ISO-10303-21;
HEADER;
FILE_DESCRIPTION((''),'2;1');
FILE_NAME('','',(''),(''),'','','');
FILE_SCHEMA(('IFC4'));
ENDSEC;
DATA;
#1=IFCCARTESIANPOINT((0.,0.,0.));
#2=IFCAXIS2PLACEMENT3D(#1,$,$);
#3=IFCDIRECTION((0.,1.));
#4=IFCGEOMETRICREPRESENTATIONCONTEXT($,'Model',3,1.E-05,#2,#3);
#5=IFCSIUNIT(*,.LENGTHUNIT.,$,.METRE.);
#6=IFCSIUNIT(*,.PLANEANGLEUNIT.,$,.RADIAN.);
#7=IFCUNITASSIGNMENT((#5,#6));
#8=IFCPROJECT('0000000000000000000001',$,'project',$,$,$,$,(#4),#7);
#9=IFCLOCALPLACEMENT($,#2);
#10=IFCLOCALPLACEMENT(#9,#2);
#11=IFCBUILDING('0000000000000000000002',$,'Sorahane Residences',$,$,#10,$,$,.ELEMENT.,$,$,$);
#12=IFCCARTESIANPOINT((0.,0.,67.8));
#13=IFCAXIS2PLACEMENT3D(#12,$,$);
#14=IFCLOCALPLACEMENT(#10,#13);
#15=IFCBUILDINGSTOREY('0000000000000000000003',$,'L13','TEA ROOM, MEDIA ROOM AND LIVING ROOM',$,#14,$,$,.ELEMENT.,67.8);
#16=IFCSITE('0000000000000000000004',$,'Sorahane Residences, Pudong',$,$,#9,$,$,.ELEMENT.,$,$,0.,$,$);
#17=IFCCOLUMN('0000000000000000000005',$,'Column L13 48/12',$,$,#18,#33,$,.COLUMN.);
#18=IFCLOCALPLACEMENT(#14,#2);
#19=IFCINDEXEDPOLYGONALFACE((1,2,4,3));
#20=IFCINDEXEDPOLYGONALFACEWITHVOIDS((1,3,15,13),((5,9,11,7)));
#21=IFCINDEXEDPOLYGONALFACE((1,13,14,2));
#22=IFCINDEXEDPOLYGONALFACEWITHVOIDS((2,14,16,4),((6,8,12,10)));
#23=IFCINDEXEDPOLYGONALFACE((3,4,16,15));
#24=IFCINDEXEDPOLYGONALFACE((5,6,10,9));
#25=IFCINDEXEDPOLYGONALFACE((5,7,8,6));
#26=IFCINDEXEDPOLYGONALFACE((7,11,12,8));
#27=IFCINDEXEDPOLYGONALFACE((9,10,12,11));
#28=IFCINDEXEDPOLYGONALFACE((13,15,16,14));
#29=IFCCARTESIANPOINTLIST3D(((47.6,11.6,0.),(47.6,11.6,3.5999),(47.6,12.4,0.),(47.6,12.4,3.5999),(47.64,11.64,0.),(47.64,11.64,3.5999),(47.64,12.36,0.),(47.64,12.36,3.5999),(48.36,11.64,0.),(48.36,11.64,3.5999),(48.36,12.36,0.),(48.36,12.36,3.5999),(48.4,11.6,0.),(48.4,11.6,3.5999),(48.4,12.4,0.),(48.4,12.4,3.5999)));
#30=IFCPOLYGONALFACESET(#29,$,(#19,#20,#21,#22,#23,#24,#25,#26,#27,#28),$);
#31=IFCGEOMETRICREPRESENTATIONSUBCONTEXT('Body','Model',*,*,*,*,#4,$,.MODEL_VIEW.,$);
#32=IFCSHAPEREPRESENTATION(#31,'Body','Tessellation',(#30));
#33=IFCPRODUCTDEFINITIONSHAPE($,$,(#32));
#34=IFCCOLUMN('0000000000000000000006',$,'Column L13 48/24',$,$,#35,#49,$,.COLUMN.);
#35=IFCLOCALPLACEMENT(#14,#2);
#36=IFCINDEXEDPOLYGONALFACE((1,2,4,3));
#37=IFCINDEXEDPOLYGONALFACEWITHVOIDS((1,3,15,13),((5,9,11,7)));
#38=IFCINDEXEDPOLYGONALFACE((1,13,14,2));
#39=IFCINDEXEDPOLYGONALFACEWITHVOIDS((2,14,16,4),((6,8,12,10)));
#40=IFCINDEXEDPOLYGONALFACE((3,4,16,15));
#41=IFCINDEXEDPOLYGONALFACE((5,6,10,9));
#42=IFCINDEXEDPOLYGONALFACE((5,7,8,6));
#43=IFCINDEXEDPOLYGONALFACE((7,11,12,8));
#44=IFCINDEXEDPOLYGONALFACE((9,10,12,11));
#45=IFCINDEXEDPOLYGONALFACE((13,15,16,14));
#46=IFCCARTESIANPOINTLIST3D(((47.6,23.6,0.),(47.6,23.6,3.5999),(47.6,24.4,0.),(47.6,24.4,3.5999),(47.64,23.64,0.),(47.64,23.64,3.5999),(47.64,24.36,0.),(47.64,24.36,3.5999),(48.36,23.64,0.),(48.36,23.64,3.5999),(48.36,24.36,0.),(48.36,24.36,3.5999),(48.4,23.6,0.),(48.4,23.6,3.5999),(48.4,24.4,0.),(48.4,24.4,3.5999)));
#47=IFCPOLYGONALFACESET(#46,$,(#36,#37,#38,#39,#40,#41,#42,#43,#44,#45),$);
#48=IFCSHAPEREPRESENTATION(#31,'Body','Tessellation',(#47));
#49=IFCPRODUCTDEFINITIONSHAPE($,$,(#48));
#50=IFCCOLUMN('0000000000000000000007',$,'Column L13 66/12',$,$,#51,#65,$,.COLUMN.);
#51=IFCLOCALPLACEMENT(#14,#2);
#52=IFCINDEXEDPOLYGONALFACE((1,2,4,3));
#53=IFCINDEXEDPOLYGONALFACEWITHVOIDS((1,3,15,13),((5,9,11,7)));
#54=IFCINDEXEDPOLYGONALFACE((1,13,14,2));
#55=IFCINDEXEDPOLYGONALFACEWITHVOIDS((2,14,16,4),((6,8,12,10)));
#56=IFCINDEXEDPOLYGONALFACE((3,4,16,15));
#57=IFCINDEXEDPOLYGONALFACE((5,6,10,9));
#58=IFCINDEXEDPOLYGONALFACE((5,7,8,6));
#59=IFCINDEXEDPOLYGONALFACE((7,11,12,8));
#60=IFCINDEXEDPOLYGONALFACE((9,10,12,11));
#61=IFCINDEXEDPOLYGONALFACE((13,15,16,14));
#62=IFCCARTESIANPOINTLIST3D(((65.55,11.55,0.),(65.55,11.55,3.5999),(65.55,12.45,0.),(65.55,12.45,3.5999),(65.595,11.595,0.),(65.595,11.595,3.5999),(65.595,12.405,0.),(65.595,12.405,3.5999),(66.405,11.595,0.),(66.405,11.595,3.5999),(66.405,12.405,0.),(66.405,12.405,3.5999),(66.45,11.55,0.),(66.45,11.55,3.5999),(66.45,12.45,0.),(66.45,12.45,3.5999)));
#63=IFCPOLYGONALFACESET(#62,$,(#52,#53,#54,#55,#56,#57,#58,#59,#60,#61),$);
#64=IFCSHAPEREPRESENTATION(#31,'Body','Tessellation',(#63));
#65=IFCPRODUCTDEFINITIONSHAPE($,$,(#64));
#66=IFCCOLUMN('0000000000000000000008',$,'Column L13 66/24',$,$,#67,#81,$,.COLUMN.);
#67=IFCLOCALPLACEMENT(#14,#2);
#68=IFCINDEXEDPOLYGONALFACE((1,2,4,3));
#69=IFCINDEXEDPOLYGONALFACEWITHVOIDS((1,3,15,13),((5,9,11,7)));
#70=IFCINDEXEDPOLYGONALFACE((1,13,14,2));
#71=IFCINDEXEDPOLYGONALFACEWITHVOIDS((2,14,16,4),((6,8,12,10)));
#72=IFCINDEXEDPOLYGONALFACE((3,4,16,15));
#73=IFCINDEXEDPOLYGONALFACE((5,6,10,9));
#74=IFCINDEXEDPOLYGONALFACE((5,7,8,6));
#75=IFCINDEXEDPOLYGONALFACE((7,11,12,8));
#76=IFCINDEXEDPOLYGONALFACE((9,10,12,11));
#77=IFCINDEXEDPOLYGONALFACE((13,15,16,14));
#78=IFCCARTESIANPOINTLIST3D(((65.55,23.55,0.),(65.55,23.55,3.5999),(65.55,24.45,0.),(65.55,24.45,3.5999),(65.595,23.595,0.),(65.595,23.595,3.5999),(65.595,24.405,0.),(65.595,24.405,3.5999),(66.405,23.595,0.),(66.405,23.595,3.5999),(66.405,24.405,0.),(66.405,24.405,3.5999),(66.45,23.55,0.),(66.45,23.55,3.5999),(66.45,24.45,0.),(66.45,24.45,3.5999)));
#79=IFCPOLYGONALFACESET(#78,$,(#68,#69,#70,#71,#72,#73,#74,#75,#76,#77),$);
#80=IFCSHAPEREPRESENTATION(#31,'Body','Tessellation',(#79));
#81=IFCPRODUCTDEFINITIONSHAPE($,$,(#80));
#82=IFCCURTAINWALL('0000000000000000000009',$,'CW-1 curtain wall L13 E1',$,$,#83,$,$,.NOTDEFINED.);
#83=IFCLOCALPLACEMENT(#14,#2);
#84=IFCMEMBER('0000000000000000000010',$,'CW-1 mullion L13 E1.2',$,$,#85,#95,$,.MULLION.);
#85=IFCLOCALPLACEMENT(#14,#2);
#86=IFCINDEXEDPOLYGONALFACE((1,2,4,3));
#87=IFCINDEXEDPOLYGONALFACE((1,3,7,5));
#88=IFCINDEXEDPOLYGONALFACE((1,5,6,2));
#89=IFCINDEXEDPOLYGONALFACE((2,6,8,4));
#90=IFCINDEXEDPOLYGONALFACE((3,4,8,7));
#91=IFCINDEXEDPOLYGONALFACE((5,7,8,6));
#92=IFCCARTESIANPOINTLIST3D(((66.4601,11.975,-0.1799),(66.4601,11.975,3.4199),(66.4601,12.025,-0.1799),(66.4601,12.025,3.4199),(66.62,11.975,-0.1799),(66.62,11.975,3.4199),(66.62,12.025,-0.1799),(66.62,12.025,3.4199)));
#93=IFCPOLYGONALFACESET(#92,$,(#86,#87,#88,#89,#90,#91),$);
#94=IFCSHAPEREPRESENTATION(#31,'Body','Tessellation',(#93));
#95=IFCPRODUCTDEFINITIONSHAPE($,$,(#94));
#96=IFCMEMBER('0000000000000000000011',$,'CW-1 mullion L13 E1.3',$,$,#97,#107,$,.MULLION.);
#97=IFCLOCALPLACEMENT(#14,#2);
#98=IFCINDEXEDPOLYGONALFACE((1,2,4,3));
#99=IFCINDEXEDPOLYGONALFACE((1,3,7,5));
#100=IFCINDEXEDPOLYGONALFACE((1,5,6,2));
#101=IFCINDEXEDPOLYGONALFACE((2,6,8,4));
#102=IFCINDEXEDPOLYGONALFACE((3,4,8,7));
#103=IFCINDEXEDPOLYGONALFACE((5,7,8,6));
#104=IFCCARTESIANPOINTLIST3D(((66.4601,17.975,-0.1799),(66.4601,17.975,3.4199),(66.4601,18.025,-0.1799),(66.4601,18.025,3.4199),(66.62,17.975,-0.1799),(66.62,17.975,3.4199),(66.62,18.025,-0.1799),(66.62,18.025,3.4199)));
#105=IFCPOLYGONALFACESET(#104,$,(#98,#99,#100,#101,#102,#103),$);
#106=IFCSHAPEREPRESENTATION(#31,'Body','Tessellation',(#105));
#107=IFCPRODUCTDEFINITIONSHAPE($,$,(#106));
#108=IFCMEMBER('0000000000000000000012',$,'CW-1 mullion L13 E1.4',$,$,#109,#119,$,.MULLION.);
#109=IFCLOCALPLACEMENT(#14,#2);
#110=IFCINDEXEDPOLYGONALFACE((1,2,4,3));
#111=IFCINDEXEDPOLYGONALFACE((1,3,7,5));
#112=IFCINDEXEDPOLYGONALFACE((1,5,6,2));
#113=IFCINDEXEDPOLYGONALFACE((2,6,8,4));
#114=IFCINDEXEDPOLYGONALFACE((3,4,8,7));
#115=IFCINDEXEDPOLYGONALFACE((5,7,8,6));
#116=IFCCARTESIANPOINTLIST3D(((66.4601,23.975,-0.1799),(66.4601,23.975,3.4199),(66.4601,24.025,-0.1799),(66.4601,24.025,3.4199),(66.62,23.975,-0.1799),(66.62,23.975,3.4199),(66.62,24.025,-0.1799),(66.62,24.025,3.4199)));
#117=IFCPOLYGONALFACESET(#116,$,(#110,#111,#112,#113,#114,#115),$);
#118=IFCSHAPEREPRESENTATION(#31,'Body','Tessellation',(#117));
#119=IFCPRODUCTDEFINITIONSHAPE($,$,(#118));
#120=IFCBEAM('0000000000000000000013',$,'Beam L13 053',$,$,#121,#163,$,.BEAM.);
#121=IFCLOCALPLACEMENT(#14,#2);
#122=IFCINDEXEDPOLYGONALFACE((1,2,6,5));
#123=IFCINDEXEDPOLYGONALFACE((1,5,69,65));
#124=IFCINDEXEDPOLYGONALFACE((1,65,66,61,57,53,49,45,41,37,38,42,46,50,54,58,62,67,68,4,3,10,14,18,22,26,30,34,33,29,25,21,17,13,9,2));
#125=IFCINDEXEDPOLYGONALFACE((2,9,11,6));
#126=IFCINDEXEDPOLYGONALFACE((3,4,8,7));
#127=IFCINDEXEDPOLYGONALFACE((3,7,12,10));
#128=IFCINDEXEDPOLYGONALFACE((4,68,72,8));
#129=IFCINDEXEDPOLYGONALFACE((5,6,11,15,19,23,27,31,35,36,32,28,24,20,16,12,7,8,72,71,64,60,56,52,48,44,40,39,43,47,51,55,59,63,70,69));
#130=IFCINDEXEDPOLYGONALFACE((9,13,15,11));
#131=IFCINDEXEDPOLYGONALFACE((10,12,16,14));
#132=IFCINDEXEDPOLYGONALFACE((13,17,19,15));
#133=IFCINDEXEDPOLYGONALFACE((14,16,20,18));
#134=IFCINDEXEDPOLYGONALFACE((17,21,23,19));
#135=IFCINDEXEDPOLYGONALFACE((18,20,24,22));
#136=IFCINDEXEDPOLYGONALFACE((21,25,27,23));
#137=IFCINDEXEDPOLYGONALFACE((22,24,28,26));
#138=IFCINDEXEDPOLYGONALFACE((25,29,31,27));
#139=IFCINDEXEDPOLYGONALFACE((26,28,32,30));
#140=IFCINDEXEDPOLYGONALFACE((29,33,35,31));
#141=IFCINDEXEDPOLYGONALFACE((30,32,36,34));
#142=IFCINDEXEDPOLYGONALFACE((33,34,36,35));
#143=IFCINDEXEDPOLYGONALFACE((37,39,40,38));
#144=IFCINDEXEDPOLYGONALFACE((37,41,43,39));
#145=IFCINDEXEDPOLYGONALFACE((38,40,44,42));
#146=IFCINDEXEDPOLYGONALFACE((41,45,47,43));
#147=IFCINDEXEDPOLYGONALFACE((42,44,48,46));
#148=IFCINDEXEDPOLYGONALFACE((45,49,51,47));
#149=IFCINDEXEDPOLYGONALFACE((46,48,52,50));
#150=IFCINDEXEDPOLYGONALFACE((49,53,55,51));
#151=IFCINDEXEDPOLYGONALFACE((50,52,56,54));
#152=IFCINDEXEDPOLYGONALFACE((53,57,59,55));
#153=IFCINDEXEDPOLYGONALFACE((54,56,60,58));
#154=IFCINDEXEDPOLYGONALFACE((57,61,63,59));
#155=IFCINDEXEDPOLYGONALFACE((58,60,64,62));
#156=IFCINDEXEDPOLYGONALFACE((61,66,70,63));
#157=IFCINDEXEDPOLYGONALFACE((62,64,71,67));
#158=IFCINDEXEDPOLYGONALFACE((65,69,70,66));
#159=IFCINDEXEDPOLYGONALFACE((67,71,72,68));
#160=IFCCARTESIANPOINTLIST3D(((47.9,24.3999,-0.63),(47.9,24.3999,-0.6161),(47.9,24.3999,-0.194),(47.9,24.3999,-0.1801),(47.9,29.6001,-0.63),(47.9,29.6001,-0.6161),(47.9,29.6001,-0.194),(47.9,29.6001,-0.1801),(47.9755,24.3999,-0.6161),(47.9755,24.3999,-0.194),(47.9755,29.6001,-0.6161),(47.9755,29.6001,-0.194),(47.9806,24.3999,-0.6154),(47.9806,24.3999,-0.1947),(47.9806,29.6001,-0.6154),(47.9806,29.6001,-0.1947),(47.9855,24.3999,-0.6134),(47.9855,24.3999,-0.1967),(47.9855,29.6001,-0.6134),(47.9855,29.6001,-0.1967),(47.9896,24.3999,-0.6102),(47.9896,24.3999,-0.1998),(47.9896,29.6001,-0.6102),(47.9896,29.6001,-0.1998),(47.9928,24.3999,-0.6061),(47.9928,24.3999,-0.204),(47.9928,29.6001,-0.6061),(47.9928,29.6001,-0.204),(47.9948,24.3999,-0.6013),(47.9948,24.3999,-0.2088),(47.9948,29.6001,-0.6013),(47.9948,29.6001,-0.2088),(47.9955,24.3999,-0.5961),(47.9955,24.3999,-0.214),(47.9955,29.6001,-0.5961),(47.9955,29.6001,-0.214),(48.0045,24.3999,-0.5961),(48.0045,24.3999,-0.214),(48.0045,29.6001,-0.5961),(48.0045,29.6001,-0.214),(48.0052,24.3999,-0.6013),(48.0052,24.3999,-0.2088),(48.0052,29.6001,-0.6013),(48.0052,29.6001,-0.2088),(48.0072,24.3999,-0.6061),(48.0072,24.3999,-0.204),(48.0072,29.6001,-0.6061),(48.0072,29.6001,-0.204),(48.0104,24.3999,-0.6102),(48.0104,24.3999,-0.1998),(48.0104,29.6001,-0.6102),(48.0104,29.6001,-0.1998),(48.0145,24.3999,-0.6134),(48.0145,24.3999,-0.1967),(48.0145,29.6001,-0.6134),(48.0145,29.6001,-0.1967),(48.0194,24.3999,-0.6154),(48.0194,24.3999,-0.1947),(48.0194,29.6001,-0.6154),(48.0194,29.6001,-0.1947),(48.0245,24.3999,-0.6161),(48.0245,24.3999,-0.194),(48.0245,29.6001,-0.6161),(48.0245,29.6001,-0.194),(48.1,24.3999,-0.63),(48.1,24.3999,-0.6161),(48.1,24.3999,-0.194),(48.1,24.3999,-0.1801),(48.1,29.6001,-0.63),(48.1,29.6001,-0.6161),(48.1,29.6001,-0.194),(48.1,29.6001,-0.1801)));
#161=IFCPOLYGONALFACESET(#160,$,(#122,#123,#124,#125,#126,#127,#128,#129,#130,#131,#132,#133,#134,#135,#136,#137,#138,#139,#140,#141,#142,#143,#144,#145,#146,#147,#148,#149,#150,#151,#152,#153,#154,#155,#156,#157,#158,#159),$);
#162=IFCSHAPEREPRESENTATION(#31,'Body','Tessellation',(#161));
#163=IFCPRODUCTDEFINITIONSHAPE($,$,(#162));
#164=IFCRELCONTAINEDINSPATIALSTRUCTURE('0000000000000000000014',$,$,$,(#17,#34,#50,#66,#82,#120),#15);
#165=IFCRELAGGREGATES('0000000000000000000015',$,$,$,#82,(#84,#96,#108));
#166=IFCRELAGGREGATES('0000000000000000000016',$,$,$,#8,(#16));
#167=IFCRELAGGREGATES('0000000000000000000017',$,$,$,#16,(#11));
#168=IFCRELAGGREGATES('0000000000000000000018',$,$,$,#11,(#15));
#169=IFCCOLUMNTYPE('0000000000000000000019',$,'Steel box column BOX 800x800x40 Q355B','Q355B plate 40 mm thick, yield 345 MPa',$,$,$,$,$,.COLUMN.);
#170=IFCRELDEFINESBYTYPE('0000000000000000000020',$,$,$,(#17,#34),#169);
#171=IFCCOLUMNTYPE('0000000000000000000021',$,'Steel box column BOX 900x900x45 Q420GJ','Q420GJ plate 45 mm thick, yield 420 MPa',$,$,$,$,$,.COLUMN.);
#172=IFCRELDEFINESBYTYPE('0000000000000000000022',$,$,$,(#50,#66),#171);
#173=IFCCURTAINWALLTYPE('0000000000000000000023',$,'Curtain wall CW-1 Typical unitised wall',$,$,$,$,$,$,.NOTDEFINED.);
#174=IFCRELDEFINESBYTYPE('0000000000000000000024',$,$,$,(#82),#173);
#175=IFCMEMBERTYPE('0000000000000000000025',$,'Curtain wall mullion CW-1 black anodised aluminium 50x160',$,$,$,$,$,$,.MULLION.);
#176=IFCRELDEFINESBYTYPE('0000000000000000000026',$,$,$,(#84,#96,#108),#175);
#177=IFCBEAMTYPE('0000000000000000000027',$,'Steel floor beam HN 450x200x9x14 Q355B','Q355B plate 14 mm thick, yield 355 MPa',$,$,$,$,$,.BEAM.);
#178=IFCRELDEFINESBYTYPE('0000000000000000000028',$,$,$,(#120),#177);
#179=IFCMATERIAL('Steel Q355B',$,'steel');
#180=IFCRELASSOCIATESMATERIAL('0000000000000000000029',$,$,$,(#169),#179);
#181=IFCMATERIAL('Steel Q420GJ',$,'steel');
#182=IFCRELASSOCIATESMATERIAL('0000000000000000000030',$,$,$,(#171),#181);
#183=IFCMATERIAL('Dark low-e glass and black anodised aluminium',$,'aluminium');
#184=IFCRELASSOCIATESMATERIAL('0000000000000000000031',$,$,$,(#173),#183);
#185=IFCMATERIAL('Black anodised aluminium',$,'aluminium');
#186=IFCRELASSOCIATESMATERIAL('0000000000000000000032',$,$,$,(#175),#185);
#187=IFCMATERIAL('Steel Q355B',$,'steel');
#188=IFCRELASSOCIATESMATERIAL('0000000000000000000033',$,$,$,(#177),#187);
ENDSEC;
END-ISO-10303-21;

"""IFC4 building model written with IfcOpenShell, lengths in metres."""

from ifc_helpers import new_model, si_unit, direction, frame, origin, origin_2d, place, context, subcontext, project, spatial, rectangle, hollow_rectangle, i_section, extrude, material, material_profile, profile_set, type_object, element, aggregate, save


model = new_model("IFC4")

# Units and contexts
model_context = context("Model", 3, precision=1e-05, world=origin(), true_north=direction((0.0, 1.0)))
body_context = subcontext(model_context, "Body", "Model", "MODEL_VIEW")
ifc_project = project(units=[si_unit("LENGTHUNIT", "METRE"), si_unit("PLANEANGLEUNIT", "RADIAN")], contexts=[model_context])

# Site, building, storey
site_placement = place(None, origin())
site = spatial("IfcSite", under=ifc_project, at=site_placement, Name="Sorahane Residences, Pudong", CompositionType="ELEMENT", RefElevation=0.0)
building_placement = place(site_placement, origin())
building = spatial("IfcBuilding", under=site, at=building_placement, Name="Sorahane Residences", CompositionType="ELEMENT")
storey_placement = place(building_placement, frame((0.0, 0.0, 67.8)))
storey = spatial("IfcBuildingStorey", under=building, at=storey_placement, Name="L13", Description="TEA ROOM, MEDIA ROOM AND LIVING ROOM", CompositionType="ELEMENT", Elevation=67.8)

# Columns
ifc_material_1 = material(Name="Steel Q355B", Category="steel")
ifc_material_profile_1 = material_profile(ifc_material_1, hollow_rectangle(XDim=0.8, YDim=0.8, WallThickness=0.04, at=origin_2d()), Name="BOX 800x800x40")
ifc_profile_set_1 = profile_set([ifc_material_profile_1], Name="Steel Q355B")
column_type_1 = type_object("IfcColumnType", Name="Steel box column BOX 800x800x40 Q355B", Description="Q355B plate 40 mm thick, yield 345 MPa", PredefinedType="COLUMN", material=ifc_profile_set_1)
for number, where, z_axis, x_axis, name in (
    (1, (48.0, 12.0, 0.0), (0.0, 0.0, 1.0), (1.0, 0.0, 0.0), "Column L13 48/12"),
    (2, (48.0, 24.0, 0.0), (0.0, 0.0, 1.0), (1.0, 0.0, 0.0), "Column L13 48/24"),
):
    element("IfcColumn", number, at=place(storey_placement, frame(where, z_axis=z_axis, x_axis=x_axis)), inside=storey, type_object=column_type_1, Name=name, PredefinedType="COLUMN", context=body_context, shape_type="SweptSolid", body=[
        extrude(hollow_rectangle(XDim=0.8, YDim=0.8, WallThickness=0.04, at=origin_2d()), origin(), (0.0, 0.0, 1.0), 3.5999),
    ])
ifc_material_2 = material(Name="Steel Q420GJ", Category="steel")
ifc_material_profile_2 = material_profile(ifc_material_2, hollow_rectangle(XDim=0.8999, YDim=0.8999, WallThickness=0.0449, at=origin_2d()), Name="BOX 900x900x45")
ifc_profile_set_2 = profile_set([ifc_material_profile_2], Name="Steel Q420GJ")
column_type_2 = type_object("IfcColumnType", Name="Steel box column BOX 900x900x45 Q420GJ", Description="Q420GJ plate 45 mm thick, yield 420 MPa", PredefinedType="COLUMN", material=ifc_profile_set_2)
for number, where, z_axis, x_axis, name in (
    (3, (66.0, 12.0, 0.0), (0.0, 0.0, 1.0), (1.0, 0.0, 0.0), "Column L13 66/12"),
    (4, (66.0, 24.0, 0.0), (0.0, 0.0, 1.0), (1.0, 0.0, 0.0), "Column L13 66/24"),
):
    element("IfcColumn", number, at=place(storey_placement, frame(where, z_axis=z_axis, x_axis=x_axis)), inside=storey, type_object=column_type_2, Name=name, PredefinedType="COLUMN", context=body_context, shape_type="SweptSolid", body=[
        extrude(hollow_rectangle(XDim=0.8999, YDim=0.8999, WallThickness=0.0449, at=origin_2d()), origin(), (0.0, 0.0, 1.0), 3.5999),
    ])

# Curtain wall, members
ifc_material_3 = material(Name="Dark low-e glass and black anodised aluminium", Category="aluminium")
curtain_wall_type = type_object("IfcCurtainWallType", Name="Curtain wall CW-1 Typical unitised wall", PredefinedType="NOTDEFINED", material=ifc_material_3)
curtain_wall_placement = place(storey_placement, origin())
curtain_wall = element("IfcCurtainWall", 5, at=curtain_wall_placement, inside=storey, type_object=curtain_wall_type, Name="CW-1 curtain wall L13 E1", PredefinedType="NOTDEFINED")
ifc_material_4 = material(Name="Black anodised aluminium", Category="aluminium")
ifc_material_profile_3 = material_profile(ifc_material_4, rectangle(XDim=0.1599, YDim=0.05, at=origin_2d()), Name="Curtain wall mullion CW-1 black anodised aluminium 50x160")
ifc_profile_set_3 = profile_set([ifc_material_profile_3], Name="Black anodised aluminium")
member_type = type_object("IfcMemberType", Name="Curtain wall mullion CW-1 black anodised aluminium 50x160", PredefinedType="MULLION", material=ifc_profile_set_3)
member_1_placement = place(storey_placement, frame((66.54, 12.0, -0.1799), z_axis=(0.0, 0.0, 1.0), x_axis=(1.0, 0.0, 0.0)))
member_1 = element("IfcMember", 6, at=member_1_placement, type_object=member_type, Name="CW-1 mullion L13 E1.2", PredefinedType="MULLION", context=body_context, shape_type="SweptSolid", body=[
    extrude(rectangle(XDim=0.1599, YDim=0.05, at=origin_2d()), origin(), (0.0, 0.0, 1.0), 3.5999),
])
member_2_placement = place(storey_placement, frame((66.54, 18.0, -0.1799), z_axis=(0.0, 0.0, 1.0), x_axis=(1.0, 0.0, 0.0)))
member_2 = element("IfcMember", 7, at=member_2_placement, type_object=member_type, Name="CW-1 mullion L13 E1.3", PredefinedType="MULLION", context=body_context, shape_type="SweptSolid", body=[
    extrude(rectangle(XDim=0.1599, YDim=0.05, at=origin_2d()), origin(), (0.0, 0.0, 1.0), 3.5999),
])
member_3_placement = place(storey_placement, frame((66.54, 24.0, -0.1799), z_axis=(0.0, 0.0, 1.0), x_axis=(1.0, 0.0, 0.0)))
member_3 = element("IfcMember", 8, at=member_3_placement, type_object=member_type, Name="CW-1 mullion L13 E1.4", PredefinedType="MULLION", context=body_context, shape_type="SweptSolid", body=[
    extrude(rectangle(XDim=0.1599, YDim=0.05, at=origin_2d()), origin(), (0.0, 0.0, 1.0), 3.5999),
])

# Beam
ifc_material_5 = material(Name="Steel Q355B", Category="steel")
ifc_material_profile_4 = material_profile(ifc_material_5, i_section(OverallWidth=0.2, OverallDepth=0.45, WebThickness=0.009, FlangeThickness=0.0139, FilletRadius=0.02, at=origin_2d()), Name="HN 450x200x9x14")
ifc_profile_set_4 = profile_set([ifc_material_profile_4], Name="Steel Q355B")
beam_type_1 = type_object("IfcBeamType", Name="Steel floor beam HN 450x200x9x14 Q355B", Description="Q355B plate 14 mm thick, yield 355 MPa", PredefinedType="BEAM", material=ifc_profile_set_4)
beam_1_placement = place(storey_placement, frame((48.0, 24.3999, -0.405), z_axis=(0.0, 1.0, 0.0), x_axis=(-1.0, 0.0, 0.0)))
element("IfcBeam", 9, at=beam_1_placement, inside=storey, type_object=beam_type_1, Name="Beam L13 053", PredefinedType="BEAM", context=body_context, shape_type="SweptSolid", body=[
    extrude(i_section(OverallWidth=0.2, OverallDepth=0.45, WebThickness=0.009, FlangeThickness=0.0139, FilletRadius=0.02, at=origin_2d()), origin(), (0.0, 0.0, 1.0), 5.2002),
])

aggregate(curtain_wall, [member_1, member_2, member_3])

save(model, "model.ifc")
